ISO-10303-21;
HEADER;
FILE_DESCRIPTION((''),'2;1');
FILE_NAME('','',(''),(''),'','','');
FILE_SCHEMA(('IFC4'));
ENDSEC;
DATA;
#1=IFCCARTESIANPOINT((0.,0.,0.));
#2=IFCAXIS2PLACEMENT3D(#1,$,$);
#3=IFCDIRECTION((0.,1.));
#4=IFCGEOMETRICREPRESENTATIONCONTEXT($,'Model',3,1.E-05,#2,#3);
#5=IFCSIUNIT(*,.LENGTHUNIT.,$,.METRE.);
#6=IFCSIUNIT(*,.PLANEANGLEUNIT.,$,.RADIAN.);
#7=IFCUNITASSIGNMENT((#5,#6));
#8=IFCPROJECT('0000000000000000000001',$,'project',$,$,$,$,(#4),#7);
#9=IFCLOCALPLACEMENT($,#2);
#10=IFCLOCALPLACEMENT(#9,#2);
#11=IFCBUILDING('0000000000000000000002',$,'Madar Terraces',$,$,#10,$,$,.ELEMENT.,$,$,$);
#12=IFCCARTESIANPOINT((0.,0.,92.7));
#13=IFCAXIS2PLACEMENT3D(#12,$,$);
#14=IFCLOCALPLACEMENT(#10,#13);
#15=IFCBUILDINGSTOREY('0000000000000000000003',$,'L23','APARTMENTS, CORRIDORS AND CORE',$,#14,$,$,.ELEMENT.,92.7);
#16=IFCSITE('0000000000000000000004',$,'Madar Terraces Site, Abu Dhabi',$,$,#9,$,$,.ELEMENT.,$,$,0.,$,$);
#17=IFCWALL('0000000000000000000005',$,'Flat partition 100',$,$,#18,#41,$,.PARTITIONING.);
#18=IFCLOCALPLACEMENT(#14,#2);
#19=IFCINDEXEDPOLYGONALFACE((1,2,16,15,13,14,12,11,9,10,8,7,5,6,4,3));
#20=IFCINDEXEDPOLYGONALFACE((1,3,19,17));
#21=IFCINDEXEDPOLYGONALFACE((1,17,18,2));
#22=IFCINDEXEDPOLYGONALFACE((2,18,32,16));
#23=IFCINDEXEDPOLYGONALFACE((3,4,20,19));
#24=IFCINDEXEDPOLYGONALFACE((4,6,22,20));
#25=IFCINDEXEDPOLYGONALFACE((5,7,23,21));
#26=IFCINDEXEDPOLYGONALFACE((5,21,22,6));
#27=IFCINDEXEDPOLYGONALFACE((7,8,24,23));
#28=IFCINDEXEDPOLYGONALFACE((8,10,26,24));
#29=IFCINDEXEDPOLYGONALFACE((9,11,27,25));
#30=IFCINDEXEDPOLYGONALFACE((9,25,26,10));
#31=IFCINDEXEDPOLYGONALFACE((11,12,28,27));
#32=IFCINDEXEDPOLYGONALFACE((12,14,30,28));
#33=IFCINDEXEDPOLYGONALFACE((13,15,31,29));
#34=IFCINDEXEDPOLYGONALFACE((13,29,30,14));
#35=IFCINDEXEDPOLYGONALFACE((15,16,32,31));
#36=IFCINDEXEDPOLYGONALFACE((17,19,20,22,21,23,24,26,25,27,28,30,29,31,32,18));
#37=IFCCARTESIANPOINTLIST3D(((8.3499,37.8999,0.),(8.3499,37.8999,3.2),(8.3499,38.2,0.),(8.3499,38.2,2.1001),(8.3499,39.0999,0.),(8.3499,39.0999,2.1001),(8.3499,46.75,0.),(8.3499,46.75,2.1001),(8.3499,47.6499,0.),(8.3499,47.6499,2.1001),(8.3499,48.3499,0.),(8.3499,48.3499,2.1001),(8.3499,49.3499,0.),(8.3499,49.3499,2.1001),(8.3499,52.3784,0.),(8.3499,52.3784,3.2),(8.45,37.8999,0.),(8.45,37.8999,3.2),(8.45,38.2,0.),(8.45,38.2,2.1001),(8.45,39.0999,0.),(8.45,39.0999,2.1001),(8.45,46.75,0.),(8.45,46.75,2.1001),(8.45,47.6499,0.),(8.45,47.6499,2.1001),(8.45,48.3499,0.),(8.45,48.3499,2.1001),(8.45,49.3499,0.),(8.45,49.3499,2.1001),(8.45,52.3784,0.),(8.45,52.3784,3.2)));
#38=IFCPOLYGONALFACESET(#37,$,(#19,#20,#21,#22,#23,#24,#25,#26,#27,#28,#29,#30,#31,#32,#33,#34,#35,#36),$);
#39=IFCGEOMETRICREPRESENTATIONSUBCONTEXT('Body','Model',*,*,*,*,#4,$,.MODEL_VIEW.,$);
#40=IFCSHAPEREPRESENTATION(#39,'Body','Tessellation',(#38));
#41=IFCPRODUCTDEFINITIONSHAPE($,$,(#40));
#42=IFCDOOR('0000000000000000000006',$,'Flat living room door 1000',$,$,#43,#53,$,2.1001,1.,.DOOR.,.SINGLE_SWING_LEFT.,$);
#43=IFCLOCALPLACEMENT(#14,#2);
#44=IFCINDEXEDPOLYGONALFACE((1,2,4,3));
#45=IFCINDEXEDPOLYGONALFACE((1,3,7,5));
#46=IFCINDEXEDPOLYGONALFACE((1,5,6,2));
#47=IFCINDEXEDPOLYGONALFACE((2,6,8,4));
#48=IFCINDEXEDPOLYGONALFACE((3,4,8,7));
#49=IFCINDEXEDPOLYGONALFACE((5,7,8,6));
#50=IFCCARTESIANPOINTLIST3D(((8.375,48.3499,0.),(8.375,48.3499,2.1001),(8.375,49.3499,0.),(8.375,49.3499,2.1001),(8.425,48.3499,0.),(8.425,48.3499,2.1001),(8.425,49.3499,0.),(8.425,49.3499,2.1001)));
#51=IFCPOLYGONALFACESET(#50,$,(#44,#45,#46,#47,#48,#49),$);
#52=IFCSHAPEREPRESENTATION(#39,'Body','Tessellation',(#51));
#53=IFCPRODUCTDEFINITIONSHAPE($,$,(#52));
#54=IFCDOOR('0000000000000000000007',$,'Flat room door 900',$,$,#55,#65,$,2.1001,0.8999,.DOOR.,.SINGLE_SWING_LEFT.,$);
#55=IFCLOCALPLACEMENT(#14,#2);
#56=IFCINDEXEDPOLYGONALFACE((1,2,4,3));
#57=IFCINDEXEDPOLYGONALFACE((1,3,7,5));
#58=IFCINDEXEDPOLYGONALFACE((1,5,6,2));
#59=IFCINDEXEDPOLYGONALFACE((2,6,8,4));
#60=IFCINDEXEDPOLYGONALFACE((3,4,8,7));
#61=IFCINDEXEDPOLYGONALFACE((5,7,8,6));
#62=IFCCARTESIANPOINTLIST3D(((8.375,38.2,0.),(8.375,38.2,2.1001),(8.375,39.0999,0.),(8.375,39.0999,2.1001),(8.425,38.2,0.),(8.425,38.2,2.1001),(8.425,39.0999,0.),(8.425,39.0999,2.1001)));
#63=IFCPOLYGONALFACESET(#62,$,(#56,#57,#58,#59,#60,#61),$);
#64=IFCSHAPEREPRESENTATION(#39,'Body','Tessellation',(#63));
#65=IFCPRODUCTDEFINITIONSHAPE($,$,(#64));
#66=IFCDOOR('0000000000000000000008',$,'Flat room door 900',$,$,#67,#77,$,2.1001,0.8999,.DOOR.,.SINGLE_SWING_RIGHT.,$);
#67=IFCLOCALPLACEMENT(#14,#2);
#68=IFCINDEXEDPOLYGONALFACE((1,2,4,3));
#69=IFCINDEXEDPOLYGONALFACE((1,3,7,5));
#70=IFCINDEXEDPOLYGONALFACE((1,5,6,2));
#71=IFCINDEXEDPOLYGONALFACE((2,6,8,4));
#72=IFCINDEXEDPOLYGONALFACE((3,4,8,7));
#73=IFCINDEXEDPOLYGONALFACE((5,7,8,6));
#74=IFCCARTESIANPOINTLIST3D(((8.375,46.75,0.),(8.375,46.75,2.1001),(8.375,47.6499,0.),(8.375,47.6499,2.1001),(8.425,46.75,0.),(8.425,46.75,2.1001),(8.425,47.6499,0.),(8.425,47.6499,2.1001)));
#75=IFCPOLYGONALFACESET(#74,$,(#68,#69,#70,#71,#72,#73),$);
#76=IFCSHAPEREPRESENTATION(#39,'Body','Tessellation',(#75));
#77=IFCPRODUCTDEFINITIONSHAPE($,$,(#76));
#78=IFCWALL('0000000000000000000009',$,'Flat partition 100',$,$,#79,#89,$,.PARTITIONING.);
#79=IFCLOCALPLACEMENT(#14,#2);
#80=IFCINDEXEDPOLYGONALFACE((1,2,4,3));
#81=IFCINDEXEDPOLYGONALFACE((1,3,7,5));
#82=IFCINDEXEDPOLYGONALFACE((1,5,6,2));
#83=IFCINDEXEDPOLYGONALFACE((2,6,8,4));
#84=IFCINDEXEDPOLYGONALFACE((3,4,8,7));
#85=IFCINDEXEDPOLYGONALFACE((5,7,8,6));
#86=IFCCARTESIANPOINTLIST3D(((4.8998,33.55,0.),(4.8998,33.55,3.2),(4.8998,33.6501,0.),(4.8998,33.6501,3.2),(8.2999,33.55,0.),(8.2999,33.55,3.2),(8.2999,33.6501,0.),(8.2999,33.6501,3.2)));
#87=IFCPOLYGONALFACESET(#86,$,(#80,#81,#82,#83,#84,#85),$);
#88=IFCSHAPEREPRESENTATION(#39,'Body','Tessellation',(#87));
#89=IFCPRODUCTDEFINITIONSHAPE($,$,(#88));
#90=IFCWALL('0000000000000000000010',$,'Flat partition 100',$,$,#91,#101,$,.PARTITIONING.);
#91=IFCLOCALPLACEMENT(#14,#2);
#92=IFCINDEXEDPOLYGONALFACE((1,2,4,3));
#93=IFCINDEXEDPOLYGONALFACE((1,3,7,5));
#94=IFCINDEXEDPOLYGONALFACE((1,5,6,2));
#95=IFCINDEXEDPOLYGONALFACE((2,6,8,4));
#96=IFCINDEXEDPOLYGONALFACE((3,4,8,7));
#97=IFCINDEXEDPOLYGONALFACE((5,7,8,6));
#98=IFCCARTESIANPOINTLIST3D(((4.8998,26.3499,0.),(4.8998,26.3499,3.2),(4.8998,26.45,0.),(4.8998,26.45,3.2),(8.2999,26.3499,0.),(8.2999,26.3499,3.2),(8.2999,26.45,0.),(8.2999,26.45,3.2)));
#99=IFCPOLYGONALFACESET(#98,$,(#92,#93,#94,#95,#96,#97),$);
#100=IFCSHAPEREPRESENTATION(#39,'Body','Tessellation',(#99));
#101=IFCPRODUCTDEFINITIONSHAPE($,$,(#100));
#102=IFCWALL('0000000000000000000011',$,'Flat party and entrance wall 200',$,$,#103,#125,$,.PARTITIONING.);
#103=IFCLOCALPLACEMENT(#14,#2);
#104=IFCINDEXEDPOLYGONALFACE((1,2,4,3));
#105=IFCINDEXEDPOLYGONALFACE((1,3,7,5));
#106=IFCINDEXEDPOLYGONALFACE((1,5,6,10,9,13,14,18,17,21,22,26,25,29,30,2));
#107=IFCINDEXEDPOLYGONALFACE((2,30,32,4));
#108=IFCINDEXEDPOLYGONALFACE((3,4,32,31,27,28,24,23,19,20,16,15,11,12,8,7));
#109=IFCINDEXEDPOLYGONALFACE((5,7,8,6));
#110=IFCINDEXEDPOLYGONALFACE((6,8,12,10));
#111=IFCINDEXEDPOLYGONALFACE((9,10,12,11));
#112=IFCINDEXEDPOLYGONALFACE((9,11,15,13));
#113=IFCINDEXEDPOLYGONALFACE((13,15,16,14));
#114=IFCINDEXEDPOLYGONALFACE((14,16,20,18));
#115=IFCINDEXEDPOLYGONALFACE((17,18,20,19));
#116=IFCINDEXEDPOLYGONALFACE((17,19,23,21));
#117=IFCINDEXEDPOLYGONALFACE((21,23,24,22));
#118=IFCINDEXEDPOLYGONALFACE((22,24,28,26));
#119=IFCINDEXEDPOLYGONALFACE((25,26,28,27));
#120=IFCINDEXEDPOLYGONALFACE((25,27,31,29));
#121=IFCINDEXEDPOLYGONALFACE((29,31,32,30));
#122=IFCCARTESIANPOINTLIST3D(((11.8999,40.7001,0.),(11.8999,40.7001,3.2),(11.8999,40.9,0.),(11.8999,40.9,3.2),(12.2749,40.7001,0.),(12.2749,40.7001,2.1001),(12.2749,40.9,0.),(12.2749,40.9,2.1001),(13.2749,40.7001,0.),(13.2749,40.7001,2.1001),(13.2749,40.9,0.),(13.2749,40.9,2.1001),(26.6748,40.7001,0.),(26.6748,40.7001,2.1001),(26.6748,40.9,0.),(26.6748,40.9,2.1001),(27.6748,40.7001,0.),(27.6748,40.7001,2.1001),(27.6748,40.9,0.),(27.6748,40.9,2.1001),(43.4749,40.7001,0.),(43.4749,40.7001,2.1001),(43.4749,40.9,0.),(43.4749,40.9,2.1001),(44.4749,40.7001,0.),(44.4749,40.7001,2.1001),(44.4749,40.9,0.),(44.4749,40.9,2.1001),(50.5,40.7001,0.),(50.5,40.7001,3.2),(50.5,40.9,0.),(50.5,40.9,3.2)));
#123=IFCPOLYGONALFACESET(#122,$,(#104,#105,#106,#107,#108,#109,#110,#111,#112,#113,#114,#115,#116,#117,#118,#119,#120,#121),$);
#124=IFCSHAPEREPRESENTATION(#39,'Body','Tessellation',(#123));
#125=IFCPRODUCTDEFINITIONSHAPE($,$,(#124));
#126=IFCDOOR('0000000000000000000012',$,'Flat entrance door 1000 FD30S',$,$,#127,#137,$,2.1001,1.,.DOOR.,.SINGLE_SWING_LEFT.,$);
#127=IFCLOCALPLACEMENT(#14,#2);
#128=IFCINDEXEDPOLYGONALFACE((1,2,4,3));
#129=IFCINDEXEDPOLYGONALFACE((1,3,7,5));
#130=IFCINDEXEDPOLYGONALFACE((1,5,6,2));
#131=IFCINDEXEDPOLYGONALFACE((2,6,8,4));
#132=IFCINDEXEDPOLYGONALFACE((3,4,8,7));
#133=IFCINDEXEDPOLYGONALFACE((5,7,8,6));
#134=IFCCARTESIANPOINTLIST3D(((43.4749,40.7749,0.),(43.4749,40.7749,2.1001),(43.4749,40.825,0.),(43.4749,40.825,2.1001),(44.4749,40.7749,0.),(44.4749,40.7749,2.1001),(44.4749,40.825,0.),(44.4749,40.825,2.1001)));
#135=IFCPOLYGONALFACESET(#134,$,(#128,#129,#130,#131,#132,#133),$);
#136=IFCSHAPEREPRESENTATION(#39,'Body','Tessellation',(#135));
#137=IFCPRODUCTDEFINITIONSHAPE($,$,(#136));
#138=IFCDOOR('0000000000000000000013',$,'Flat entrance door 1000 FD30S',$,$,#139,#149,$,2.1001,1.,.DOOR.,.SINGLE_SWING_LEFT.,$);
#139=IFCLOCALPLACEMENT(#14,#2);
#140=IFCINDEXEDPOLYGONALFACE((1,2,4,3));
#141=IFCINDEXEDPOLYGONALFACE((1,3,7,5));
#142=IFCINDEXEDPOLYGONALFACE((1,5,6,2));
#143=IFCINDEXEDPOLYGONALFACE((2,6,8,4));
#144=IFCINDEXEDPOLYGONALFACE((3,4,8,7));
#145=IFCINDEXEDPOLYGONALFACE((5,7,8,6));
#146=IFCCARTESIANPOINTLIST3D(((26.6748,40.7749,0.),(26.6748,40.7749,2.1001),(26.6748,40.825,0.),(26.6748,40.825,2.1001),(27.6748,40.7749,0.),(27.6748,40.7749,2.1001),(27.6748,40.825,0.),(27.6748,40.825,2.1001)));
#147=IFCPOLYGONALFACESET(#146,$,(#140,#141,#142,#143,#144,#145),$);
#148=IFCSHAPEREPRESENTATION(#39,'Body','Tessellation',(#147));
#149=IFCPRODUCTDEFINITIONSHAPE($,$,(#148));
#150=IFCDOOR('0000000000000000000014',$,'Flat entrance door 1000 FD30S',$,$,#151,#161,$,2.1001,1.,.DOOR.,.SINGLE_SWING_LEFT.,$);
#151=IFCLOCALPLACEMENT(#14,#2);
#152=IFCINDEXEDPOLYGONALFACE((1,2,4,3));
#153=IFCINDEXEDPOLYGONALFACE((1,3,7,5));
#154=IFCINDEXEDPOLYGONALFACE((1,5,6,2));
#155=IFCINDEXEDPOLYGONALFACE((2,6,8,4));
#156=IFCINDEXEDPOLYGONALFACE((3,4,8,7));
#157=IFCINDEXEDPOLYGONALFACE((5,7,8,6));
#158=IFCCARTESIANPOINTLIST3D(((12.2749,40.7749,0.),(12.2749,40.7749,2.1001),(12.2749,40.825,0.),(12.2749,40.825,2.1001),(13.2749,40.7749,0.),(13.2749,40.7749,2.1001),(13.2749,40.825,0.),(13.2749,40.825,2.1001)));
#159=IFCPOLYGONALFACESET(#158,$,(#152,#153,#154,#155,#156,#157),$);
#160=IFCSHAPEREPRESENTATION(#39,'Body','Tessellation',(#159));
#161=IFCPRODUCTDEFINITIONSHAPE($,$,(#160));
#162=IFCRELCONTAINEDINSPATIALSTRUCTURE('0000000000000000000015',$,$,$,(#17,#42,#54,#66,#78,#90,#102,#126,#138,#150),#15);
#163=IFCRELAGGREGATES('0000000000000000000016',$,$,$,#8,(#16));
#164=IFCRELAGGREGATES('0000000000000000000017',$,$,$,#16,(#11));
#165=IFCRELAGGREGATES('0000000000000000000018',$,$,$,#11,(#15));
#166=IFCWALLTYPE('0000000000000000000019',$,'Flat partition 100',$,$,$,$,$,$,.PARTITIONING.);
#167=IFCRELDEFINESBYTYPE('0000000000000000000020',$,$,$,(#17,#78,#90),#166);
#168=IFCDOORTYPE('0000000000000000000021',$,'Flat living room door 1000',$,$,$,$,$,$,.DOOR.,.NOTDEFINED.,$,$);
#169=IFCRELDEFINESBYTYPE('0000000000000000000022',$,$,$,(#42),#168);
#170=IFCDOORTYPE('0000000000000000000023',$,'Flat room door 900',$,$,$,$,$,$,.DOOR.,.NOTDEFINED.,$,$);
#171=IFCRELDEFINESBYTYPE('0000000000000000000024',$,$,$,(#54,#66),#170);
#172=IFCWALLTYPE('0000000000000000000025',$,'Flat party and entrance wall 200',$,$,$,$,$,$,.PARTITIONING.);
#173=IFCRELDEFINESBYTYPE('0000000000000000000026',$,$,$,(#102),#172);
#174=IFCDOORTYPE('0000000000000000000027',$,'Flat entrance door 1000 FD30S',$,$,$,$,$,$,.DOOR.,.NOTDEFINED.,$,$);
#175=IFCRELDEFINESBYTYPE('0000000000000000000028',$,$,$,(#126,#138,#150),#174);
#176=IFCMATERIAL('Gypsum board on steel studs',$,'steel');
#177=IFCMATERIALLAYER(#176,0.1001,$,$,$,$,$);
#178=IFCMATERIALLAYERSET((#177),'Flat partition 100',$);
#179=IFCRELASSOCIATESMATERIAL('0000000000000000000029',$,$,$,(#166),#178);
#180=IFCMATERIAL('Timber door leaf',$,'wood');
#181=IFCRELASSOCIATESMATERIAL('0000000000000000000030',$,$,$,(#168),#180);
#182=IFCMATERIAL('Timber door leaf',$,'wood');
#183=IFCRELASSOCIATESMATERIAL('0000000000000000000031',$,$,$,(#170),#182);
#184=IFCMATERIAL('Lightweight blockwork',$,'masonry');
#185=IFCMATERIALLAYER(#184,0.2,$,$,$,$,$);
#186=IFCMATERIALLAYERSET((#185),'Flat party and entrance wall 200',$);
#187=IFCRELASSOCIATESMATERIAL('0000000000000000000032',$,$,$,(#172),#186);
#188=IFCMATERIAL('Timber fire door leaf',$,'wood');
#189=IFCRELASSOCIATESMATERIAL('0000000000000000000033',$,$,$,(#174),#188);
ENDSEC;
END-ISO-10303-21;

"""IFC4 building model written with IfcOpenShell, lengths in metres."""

from ifc_helpers import new_model, si_unit, direction, frame, frame_2d, origin, place, context, subcontext, project, spatial, rectangle, extrude, material, layer, layer_set, type_object, element, fill, save


model = new_model("IFC4")

# Units and contexts
model_context = context("Model", 3, precision=1e-05, world=origin(), true_north=direction((0.0, 1.0)))
body_context = subcontext(model_context, "Body", "Model", "MODEL_VIEW")
ifc_project = project(units=[si_unit("LENGTHUNIT", "METRE"), si_unit("PLANEANGLEUNIT", "RADIAN")], contexts=[model_context])

# Site, building, storey
site_placement = place(None, origin())
site = spatial("IfcSite", under=ifc_project, at=site_placement, Name="Madar Terraces Site, Abu Dhabi", CompositionType="ELEMENT", RefElevation=0.0)
building_placement = place(site_placement, origin())
building = spatial("IfcBuilding", under=site, at=building_placement, Name="Madar Terraces", CompositionType="ELEMENT")
storey_placement = place(building_placement, frame((0.0, 0.0, 92.7)))
storey = spatial("IfcBuildingStorey", under=building, at=storey_placement, Name="L23", Description="APARTMENTS, CORRIDORS AND CORE", CompositionType="ELEMENT", Elevation=92.7)

# Wall, openings, doors
ifc_material_1 = material(Name="Gypsum board on steel studs", Category="steel")
ifc_layer_1 = layer(ifc_material_1, 0.1001)
ifc_layer_set_1 = layer_set([ifc_layer_1], Name="Flat partition 100")
wall_type_1 = type_object("IfcWallType", Name="Flat partition 100", PredefinedType="PARTITIONING", material=ifc_layer_set_1)
wall_1_placement = place(storey_placement, frame((8.3999, 37.8999, 0.0), z_axis=(0.0, 0.0, 1.0), x_axis=(0.0, 1.0, 0.0)))
wall_1 = element("IfcWall", 1, at=wall_1_placement, inside=storey, type_object=wall_type_1, Name="Flat partition 100", PredefinedType="PARTITIONING", context=body_context, shape_type="SweptSolid", body=[
    extrude(rectangle(XDim=14.4785, YDim=0.1001, at=frame_2d((7.2393, 0.0))), origin(), (0.0, 0.0, 1.0), 3.2),
])
opening_1_placement = place(wall_1_placement, frame((0.3, 0.0, 0.0)))
opening_1 = element("IfcOpeningElement", 2, at=opening_1_placement, cuts=wall_1, PredefinedType="OPENING", context=body_context, shape_type="SweptSolid", body=[
    extrude(rectangle(XDim=0.8999, YDim=2.1001, at=frame_2d((0.45, 1.05))), frame((0.0, 0.0601, 0.0), z_axis=(0.0, -1.0, 0.0), x_axis=(1.0, 0.0, 0.0)), (0.0, 0.0, 1.0), 0.1201),
])
opening_2_placement = place(wall_1_placement, frame((8.8501, 0.0, 0.0)))
opening_2 = element("IfcOpeningElement", 3, at=opening_2_placement, cuts=wall_1, PredefinedType="OPENING", context=body_context, shape_type="SweptSolid", body=[
    extrude(rectangle(XDim=0.8999, YDim=2.1001, at=frame_2d((0.45, 1.05))), frame((0.0, 0.0601, 0.0), z_axis=(0.0, -1.0, 0.0), x_axis=(1.0, 0.0, 0.0)), (0.0, 0.0, 1.0), 0.1201),
])
opening_3_placement = place(wall_1_placement, frame((10.45, 0.0, 0.0)))
opening_3 = element("IfcOpeningElement", 4, at=opening_3_placement, cuts=wall_1, PredefinedType="OPENING", context=body_context, shape_type="SweptSolid", body=[
    extrude(rectangle(XDim=1.0, YDim=2.1001, at=frame_2d((0.5, 1.05))), frame((0.0, 0.0601, 0.0), z_axis=(0.0, -1.0, 0.0), x_axis=(1.0, 0.0, 0.0)), (0.0, 0.0, 1.0), 0.1201),
])
ifc_material_2 = material(Name="Timber door leaf", Category="wood")
door_type_1 = type_object("IfcDoorType", Name="Flat living room door 1000", OperationType="NOTDEFINED", PredefinedType="DOOR", material=ifc_material_2)
door_1_placement = place(opening_3_placement, origin())
door_1 = element("IfcDoor", 5, at=door_1_placement, inside=storey, type_object=door_type_1, Name="Flat living room door 1000", OperationType="SINGLE_SWING_LEFT", OverallHeight=2.1001, OverallWidth=1.0, PredefinedType="DOOR", context=body_context, shape_type="SweptSolid", body=[
    extrude(rectangle(XDim=1.0, YDim=2.1001, at=frame_2d((0.5, 1.05))), frame((0.0, 0.0249, 0.0), z_axis=(0.0, -1.0, 0.0), x_axis=(1.0, 0.0, 0.0)), (0.0, 0.0, 1.0), 0.05),
])
fill(opening_3, door_1)
ifc_material_3 = material(Name="Timber door leaf", Category="wood")
door_type_2 = type_object("IfcDoorType", Name="Flat room door 900", OperationType="NOTDEFINED", PredefinedType="DOOR", material=ifc_material_3)
door_2_placement = place(opening_1_placement, origin())
door_2 = element("IfcDoor", 6, at=door_2_placement, inside=storey, type_object=door_type_2, Name="Flat room door 900", OperationType="SINGLE_SWING_LEFT", OverallHeight=2.1001, OverallWidth=0.8999, PredefinedType="DOOR", context=body_context, shape_type="SweptSolid", body=[
    extrude(rectangle(XDim=0.8999, YDim=2.1001, at=frame_2d((0.45, 1.05))), frame((0.0, 0.0249, 0.0), z_axis=(0.0, -1.0, 0.0), x_axis=(1.0, 0.0, 0.0)), (0.0, 0.0, 1.0), 0.05),
])
fill(opening_1, door_2)
door_3_placement = place(opening_2_placement, origin())
door_3 = element("IfcDoor", 7, at=door_3_placement, inside=storey, type_object=door_type_2, Name="Flat room door 900", OperationType="SINGLE_SWING_RIGHT", OverallHeight=2.1001, OverallWidth=0.8999, PredefinedType="DOOR", context=body_context, shape_type="SweptSolid", body=[
    extrude(rectangle(XDim=0.8999, YDim=2.1001, at=frame_2d((0.45, 1.05))), frame((0.0, 0.0249, 0.0), z_axis=(0.0, -1.0, 0.0), x_axis=(1.0, 0.0, 0.0)), (0.0, 0.0, 1.0), 0.05),
])
fill(opening_2, door_3)

# Walls
for number, where, z_axis, x_axis, name in (
    (8, (8.3, 33.6001, 0.0), (0.0, 0.0, 1.0), (-1.0, 0.0, 0.0), "Flat partition 100"),
    (9, (8.3, 26.3999, 0.0), (0.0, 0.0, 1.0), (-1.0, 0.0, 0.0), "Flat partition 100"),
):
    element("IfcWall", number, at=place(storey_placement, frame(where, z_axis=z_axis, x_axis=x_axis)), inside=storey, type_object=wall_type_1, Name=name, PredefinedType="PARTITIONING", context=body_context, shape_type="SweptSolid", body=[
        extrude(rectangle(XDim=3.4001, YDim=0.1001, at=frame_2d((1.7002, 0.0))), origin(), (0.0, 0.0, 1.0), 3.2),
    ])

# Wall, openings, doors
ifc_material_4 = material(Name="Lightweight blockwork", Category="masonry")
ifc_layer_2 = layer(ifc_material_4, 0.2)
ifc_layer_set_2 = layer_set([ifc_layer_2], Name="Flat party and entrance wall 200")
wall_type_2 = type_object("IfcWallType", Name="Flat party and entrance wall 200", PredefinedType="PARTITIONING", material=ifc_layer_set_2)
wall_2_placement = place(storey_placement, frame((11.8999, 40.8, 0.0), z_axis=(0.0, 0.0, 1.0), x_axis=(1.0, 0.0, 0.0)))
wall_2 = element("IfcWall", 10, at=wall_2_placement, inside=storey, type_object=wall_type_2, Name="Flat party and entrance wall 200", PredefinedType="PARTITIONING", context=body_context, shape_type="SweptSolid", body=[
    extrude(rectangle(XDim=38.6001, YDim=0.2, at=frame_2d((19.3, 0.0))), origin(), (0.0, 0.0, 1.0), 3.2),
])
opening_4_placement = place(wall_2_placement, frame((31.575, 0.0, 0.0)))
opening_4 = element("IfcOpeningElement", 11, at=opening_4_placement, cuts=wall_2, PredefinedType="OPENING", context=body_context, shape_type="SweptSolid", body=[
    extrude(rectangle(XDim=1.0, YDim=2.1001, at=frame_2d((0.5, 1.05))), frame((0.0, 0.1099, 0.0), z_axis=(0.0, -1.0, 0.0), x_axis=(1.0, 0.0, 0.0)), (0.0, 0.0, 1.0), 0.22),
])
opening_5_placement = place(wall_2_placement, frame((14.7749, 0.0, 0.0)))
opening_5 = element("IfcOpeningElement", 12, at=opening_5_placement, cuts=wall_2, PredefinedType="OPENING", context=body_context, shape_type="SweptSolid", body=[
    extrude(rectangle(XDim=1.0, YDim=2.1001, at=frame_2d((0.5, 1.05))), frame((0.0, 0.1099, 0.0), z_axis=(0.0, -1.0, 0.0), x_axis=(1.0, 0.0, 0.0)), (0.0, 0.0, 1.0), 0.22),
])
opening_6_placement = place(wall_2_placement, frame((0.375, 0.0, 0.0)))
opening_6 = element("IfcOpeningElement", 13, at=opening_6_placement, cuts=wall_2, PredefinedType="OPENING", context=body_context, shape_type="SweptSolid", body=[
    extrude(rectangle(XDim=1.0, YDim=2.1001, at=frame_2d((0.5, 1.05))), frame((0.0, 0.1099, 0.0), z_axis=(0.0, -1.0, 0.0), x_axis=(1.0, 0.0, 0.0)), (0.0, 0.0, 1.0), 0.22),
])
ifc_material_5 = material(Name="Timber fire door leaf", Category="wood")
door_type_3 = type_object("IfcDoorType", Name="Flat entrance door 1000 FD30S", OperationType="NOTDEFINED", PredefinedType="DOOR", material=ifc_material_5)
door_4_placement = place(opening_4_placement, origin())
door_4 = element("IfcDoor", 14, at=door_4_placement, inside=storey, type_object=door_type_3, Name="Flat entrance door 1000 FD30S", OperationType="SINGLE_SWING_LEFT", OverallHeight=2.1001, OverallWidth=1.0, PredefinedType="DOOR", context=body_context, shape_type="SweptSolid", body=[
    extrude(rectangle(XDim=1.0, YDim=2.1001, at=frame_2d((0.5, 1.05))), frame((0.0, 0.0249, 0.0), z_axis=(0.0, -1.0, 0.0), x_axis=(1.0, 0.0, 0.0)), (0.0, 0.0, 1.0), 0.05),
])
fill(opening_4, door_4)
door_5_placement = place(opening_5_placement, origin())
door_5 = element("IfcDoor", 15, at=door_5_placement, inside=storey, type_object=door_type_3, Name="Flat entrance door 1000 FD30S", OperationType="SINGLE_SWING_LEFT", OverallHeight=2.1001, OverallWidth=1.0, PredefinedType="DOOR", context=body_context, shape_type="SweptSolid", body=[
    extrude(rectangle(XDim=1.0, YDim=2.1001, at=frame_2d((0.5, 1.05))), frame((0.0, 0.0249, 0.0), z_axis=(0.0, -1.0, 0.0), x_axis=(1.0, 0.0, 0.0)), (0.0, 0.0, 1.0), 0.05),
])
fill(opening_5, door_5)
door_6_placement = place(opening_6_placement, origin())
door_6 = element("IfcDoor", 16, at=door_6_placement, inside=storey, type_object=door_type_3, Name="Flat entrance door 1000 FD30S", OperationType="SINGLE_SWING_LEFT", OverallHeight=2.1001, OverallWidth=1.0, PredefinedType="DOOR", context=body_context, shape_type="SweptSolid", body=[
    extrude(rectangle(XDim=1.0, YDim=2.1001, at=frame_2d((0.5, 1.05))), frame((0.0, 0.0249, 0.0), z_axis=(0.0, -1.0, 0.0), x_axis=(1.0, 0.0, 0.0)), (0.0, 0.0, 1.0), 0.05),
])
fill(opening_6, door_6)

save(model, "model.ifc")
